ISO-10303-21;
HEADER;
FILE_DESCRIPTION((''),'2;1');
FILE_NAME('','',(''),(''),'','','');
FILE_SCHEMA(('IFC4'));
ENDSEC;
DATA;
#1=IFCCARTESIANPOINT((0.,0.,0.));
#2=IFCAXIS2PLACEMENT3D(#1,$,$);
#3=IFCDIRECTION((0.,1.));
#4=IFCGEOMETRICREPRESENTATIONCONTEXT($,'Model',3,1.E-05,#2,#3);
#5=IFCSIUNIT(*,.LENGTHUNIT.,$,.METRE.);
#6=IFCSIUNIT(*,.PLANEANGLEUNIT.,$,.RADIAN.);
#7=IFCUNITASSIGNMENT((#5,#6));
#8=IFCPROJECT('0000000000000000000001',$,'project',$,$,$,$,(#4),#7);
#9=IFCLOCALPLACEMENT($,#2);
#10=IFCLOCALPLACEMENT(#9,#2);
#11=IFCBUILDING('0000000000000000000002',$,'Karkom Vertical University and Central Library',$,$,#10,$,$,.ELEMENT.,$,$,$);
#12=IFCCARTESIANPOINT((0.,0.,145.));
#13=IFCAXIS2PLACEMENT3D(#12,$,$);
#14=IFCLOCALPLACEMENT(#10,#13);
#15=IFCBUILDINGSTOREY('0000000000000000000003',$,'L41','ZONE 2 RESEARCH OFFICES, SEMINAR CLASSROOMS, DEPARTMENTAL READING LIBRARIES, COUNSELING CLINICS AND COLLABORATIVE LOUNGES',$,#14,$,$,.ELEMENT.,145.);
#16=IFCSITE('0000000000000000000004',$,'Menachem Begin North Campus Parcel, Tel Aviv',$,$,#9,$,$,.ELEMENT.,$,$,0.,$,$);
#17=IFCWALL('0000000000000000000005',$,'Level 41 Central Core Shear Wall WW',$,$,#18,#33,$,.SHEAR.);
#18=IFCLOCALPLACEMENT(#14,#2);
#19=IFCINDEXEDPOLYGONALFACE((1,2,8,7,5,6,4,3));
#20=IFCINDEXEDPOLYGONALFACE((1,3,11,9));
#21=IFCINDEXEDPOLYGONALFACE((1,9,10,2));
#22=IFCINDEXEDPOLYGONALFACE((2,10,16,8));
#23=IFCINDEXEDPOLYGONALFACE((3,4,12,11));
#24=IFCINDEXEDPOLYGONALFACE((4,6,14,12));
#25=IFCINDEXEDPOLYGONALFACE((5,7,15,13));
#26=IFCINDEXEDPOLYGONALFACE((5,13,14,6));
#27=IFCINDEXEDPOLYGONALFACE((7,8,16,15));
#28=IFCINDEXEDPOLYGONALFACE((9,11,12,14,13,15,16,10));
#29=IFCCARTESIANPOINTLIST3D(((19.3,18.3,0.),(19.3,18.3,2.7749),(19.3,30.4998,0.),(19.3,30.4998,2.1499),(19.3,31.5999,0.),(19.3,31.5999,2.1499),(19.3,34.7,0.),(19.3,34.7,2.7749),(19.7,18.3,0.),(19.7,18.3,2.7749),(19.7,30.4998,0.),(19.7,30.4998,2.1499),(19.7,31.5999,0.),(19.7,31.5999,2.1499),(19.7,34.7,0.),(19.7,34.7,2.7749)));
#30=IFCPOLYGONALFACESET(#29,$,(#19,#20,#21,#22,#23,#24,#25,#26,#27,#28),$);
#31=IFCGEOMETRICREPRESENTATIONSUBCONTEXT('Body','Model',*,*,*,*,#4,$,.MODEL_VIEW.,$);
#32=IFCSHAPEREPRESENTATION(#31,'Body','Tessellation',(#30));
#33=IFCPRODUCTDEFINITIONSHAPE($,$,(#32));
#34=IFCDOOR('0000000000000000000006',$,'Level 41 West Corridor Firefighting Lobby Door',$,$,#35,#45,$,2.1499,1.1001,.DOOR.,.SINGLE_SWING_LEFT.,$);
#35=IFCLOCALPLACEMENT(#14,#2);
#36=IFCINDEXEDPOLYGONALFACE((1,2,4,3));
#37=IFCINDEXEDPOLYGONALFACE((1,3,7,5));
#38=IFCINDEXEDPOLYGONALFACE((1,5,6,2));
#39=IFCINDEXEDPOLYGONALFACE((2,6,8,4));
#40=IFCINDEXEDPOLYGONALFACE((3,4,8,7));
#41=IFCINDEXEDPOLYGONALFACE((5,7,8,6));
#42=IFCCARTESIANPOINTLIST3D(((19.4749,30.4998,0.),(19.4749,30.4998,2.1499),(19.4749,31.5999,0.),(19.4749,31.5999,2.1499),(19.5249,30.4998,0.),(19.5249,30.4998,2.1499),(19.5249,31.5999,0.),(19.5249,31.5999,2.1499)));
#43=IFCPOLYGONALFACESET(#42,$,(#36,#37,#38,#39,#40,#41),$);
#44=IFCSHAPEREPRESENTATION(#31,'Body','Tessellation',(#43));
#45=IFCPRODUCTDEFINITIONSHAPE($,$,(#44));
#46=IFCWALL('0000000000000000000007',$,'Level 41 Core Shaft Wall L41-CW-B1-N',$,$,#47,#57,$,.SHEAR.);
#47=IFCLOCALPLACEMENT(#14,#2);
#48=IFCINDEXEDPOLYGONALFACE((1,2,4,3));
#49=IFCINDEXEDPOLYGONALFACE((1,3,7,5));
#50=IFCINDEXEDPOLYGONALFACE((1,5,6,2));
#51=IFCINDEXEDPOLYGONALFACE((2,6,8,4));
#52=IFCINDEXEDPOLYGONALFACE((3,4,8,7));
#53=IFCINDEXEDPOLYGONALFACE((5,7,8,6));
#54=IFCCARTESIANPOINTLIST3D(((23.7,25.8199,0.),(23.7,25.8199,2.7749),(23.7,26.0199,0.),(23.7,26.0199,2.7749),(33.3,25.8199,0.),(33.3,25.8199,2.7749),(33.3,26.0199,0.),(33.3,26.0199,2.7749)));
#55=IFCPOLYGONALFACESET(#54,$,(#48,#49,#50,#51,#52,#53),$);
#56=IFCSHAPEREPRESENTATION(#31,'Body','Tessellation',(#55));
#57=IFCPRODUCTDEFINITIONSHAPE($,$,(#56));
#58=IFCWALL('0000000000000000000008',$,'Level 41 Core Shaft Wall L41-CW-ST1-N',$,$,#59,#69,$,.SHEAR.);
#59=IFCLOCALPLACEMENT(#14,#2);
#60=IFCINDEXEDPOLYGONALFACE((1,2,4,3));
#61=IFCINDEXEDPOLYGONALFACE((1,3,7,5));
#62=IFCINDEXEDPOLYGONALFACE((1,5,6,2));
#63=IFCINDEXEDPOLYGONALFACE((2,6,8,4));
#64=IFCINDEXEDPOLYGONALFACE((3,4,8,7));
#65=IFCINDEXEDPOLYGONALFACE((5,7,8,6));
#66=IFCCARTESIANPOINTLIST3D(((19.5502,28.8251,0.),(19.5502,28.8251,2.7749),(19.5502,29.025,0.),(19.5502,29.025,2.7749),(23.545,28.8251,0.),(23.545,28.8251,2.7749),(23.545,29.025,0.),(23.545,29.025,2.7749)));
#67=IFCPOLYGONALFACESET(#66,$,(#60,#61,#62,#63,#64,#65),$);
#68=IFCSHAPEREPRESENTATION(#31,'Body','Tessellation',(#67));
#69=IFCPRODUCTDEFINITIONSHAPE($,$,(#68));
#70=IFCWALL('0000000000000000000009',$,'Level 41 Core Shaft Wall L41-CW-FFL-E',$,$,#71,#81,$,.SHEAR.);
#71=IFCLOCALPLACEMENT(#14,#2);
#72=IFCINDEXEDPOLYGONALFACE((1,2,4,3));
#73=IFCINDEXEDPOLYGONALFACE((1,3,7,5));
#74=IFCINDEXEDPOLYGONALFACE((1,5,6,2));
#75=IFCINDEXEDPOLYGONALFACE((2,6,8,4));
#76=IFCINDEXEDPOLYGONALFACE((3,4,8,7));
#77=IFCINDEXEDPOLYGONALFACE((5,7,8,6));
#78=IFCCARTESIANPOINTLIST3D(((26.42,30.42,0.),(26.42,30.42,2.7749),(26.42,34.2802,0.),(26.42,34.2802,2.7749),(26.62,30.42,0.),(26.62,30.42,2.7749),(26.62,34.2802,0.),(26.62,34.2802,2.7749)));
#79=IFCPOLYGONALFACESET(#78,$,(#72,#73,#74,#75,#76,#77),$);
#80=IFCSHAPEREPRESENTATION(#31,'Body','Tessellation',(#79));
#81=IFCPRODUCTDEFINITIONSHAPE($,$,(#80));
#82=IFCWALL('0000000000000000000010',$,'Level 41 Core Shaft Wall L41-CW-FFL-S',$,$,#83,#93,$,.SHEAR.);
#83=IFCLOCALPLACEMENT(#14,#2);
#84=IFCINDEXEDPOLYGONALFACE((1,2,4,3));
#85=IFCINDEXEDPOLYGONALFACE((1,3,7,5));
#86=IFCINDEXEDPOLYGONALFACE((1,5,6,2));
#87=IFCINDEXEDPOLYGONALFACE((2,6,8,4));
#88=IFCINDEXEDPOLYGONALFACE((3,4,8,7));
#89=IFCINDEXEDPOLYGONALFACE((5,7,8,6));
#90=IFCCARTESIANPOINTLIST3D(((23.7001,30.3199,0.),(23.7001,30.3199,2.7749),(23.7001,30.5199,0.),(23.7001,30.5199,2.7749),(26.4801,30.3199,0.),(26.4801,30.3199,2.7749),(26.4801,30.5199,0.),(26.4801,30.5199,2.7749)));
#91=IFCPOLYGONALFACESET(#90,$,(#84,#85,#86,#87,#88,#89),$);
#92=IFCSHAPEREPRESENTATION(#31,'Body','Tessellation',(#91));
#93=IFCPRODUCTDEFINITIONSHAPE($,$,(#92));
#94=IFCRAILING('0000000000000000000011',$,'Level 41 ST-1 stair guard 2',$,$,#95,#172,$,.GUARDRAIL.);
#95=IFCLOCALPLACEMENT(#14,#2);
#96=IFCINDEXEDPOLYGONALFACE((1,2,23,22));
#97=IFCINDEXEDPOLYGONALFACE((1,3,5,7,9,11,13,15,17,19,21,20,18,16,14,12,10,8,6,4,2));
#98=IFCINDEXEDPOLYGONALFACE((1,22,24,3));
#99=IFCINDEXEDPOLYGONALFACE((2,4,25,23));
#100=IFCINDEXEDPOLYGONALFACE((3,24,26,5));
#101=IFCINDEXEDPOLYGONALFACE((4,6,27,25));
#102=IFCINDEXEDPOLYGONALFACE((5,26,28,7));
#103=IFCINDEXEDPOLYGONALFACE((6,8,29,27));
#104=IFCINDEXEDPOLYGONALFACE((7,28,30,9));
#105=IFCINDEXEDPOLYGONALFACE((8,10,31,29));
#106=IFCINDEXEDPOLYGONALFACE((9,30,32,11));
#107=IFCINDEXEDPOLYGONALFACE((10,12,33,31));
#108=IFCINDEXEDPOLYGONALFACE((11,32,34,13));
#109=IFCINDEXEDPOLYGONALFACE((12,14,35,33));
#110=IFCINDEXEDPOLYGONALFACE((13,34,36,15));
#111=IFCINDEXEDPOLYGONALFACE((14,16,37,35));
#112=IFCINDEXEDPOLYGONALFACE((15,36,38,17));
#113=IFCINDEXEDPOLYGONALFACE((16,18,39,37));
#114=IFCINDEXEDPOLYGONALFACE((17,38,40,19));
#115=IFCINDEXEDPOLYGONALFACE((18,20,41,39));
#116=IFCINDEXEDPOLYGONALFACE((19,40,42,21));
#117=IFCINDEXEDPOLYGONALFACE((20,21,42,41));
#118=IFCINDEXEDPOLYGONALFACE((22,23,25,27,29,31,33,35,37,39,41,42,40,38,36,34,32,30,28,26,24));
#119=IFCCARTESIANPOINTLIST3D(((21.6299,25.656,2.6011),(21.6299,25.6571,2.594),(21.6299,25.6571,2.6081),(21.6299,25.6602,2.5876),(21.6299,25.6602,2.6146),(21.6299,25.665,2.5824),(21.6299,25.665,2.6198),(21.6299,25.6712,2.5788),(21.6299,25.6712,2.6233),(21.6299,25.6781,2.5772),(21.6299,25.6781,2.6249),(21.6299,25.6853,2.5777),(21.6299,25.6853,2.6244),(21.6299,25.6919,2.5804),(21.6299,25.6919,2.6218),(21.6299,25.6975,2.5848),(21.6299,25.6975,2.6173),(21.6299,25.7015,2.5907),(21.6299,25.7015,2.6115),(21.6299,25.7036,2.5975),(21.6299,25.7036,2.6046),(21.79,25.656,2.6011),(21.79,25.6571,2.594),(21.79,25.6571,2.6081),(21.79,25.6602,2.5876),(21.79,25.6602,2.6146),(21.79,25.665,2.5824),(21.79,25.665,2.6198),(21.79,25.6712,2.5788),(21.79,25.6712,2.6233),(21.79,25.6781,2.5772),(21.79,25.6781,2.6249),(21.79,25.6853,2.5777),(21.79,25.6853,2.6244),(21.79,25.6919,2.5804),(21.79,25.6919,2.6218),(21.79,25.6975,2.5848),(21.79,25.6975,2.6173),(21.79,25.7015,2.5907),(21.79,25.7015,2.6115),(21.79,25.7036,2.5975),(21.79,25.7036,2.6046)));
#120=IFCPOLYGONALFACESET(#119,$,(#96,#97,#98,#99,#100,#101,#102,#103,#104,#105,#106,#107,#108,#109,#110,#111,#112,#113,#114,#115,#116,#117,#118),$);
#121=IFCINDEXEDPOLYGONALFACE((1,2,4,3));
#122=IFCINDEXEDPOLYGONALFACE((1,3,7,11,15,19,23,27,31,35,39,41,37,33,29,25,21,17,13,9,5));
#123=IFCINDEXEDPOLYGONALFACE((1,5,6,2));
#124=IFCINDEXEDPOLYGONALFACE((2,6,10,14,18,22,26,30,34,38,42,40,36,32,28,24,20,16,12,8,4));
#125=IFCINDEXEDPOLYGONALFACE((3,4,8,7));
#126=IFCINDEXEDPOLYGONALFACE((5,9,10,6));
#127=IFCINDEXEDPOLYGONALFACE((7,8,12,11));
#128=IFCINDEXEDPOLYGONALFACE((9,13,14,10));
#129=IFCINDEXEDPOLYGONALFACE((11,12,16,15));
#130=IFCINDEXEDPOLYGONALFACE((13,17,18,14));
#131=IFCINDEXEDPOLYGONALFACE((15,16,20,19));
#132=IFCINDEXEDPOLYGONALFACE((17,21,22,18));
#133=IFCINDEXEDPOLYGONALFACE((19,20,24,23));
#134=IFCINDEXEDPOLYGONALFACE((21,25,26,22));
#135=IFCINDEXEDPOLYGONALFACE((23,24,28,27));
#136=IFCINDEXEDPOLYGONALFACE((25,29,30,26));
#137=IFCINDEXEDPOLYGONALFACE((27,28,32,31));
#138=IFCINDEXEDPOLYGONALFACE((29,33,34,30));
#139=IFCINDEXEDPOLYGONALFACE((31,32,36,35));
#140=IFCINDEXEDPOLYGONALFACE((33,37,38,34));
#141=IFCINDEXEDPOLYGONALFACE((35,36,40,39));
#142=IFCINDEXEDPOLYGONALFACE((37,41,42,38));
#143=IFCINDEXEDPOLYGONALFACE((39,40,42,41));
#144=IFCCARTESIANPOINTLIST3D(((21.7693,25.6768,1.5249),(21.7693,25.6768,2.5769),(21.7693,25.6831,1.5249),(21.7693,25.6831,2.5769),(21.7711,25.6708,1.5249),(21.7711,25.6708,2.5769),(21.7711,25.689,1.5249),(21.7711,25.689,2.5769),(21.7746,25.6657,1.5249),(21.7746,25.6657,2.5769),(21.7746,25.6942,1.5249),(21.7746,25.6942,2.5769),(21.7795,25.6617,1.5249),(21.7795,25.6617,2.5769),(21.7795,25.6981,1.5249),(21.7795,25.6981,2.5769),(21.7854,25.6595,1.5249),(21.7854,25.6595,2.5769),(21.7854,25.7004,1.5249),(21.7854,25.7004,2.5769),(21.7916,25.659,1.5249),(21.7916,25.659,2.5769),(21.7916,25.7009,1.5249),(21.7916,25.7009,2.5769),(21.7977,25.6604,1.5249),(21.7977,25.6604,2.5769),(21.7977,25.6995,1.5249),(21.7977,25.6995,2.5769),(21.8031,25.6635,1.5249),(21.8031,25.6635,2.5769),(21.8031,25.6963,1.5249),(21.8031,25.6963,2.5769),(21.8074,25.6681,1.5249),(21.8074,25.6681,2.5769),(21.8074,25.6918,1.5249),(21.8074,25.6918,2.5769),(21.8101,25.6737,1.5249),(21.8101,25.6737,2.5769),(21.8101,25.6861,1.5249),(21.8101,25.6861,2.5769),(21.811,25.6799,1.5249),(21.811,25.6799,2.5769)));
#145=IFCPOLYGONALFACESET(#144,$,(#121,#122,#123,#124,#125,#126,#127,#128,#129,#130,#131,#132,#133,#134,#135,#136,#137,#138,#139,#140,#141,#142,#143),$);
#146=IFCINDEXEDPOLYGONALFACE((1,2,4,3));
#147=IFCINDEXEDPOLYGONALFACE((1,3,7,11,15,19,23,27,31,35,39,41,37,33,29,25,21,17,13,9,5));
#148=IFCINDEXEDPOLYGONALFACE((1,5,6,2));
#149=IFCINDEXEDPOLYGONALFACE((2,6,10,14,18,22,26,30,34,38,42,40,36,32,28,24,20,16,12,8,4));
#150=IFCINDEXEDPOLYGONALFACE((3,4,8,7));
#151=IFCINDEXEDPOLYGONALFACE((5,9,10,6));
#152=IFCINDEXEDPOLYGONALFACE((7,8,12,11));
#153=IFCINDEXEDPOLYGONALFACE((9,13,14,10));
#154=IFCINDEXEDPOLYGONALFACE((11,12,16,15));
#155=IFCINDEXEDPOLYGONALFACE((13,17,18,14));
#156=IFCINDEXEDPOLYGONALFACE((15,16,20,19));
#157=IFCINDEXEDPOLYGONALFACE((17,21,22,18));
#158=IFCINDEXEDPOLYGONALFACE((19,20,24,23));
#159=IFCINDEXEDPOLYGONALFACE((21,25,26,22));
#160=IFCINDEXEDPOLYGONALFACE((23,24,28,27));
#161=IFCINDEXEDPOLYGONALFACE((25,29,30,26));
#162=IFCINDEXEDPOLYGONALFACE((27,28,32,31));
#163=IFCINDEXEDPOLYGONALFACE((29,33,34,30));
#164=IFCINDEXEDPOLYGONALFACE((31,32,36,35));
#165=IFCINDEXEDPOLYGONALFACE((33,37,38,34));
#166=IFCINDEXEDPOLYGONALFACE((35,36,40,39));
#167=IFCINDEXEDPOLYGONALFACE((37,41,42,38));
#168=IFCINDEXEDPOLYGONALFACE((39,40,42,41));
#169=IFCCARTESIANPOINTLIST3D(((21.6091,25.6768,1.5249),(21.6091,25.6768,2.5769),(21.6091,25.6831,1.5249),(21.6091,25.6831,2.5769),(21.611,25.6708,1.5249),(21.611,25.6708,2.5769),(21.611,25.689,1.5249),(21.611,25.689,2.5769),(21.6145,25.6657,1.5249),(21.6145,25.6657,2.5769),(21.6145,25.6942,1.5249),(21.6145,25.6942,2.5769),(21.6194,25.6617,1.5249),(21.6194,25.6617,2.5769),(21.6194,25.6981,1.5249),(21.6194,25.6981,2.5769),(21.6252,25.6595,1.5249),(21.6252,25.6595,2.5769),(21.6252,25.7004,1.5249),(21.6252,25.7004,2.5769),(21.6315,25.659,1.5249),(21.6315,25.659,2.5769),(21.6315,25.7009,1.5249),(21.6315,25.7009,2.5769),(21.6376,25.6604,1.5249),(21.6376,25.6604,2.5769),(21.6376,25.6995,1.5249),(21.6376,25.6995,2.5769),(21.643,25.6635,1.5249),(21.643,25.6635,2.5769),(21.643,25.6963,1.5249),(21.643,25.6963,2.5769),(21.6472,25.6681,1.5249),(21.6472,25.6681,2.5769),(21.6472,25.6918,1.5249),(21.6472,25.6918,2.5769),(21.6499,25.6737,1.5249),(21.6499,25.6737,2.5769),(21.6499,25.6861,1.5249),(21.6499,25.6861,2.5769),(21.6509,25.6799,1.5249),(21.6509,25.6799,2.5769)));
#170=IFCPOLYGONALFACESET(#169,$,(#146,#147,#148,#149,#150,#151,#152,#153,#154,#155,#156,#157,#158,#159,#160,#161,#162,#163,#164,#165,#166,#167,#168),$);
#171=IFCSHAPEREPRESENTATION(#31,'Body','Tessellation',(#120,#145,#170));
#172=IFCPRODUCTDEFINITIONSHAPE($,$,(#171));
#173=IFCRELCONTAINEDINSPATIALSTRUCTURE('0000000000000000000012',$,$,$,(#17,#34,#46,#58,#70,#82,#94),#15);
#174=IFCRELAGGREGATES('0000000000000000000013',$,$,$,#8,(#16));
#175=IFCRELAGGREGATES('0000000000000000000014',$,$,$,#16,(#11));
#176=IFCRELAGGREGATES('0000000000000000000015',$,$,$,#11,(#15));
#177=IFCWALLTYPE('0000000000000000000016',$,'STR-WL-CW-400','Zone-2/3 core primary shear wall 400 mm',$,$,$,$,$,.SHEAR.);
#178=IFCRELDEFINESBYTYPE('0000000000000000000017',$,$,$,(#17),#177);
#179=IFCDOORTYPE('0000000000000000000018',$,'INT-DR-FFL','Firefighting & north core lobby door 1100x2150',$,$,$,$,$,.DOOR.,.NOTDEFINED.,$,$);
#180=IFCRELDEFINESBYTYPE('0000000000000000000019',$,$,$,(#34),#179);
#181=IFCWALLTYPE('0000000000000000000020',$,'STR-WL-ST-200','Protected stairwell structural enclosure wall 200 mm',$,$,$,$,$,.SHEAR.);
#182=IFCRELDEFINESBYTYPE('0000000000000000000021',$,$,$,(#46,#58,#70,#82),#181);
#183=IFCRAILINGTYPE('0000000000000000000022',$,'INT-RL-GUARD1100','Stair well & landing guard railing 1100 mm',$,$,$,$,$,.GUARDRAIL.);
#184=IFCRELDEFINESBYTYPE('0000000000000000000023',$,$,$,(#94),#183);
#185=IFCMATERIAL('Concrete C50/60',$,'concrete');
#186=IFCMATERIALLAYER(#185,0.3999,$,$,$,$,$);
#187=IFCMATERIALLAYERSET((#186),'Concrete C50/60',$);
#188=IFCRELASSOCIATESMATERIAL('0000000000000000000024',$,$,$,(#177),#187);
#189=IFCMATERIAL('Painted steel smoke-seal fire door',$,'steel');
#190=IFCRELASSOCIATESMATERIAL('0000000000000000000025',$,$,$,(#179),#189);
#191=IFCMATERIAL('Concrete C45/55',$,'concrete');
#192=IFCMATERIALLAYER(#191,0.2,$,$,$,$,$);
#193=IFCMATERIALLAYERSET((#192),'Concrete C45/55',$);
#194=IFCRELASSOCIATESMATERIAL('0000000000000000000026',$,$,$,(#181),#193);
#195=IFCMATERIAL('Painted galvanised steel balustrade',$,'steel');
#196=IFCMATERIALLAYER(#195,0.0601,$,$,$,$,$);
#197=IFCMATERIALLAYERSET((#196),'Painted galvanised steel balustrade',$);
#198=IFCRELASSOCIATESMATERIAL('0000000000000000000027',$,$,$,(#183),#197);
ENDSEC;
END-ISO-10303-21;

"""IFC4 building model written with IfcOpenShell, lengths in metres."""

from ifc_helpers import new_model, si_unit, direction, frame, frame_2d, origin, origin_with_axes, origin_2d, place, context, subcontext, project, spatial, rectangle, circle, extrude, source, transform, mapped, material, layer, layer_set, type_object, element, fill, save


model = new_model("IFC4")

# Units and contexts
model_context = context("Model", 3, precision=1e-05, world=origin(), true_north=direction((0.0, 1.0)))
body_context = subcontext(model_context, "Body", "Model", "MODEL_VIEW")
ifc_project = project(units=[si_unit("LENGTHUNIT", "METRE"), si_unit("PLANEANGLEUNIT", "RADIAN")], contexts=[model_context])

# Site, building, storey
site_placement = place(None, origin())
site = spatial("IfcSite", under=ifc_project, at=site_placement, Name="Menachem Begin North Campus Parcel, Tel Aviv", CompositionType="ELEMENT", RefElevation=0.0)
building_placement = place(site_placement, origin())
building = spatial("IfcBuilding", under=site, at=building_placement, Name="Karkom Vertical University and Central Library", CompositionType="ELEMENT")
storey_placement = place(building_placement, frame((0.0, 0.0, 145.0)))
storey = spatial("IfcBuildingStorey", under=building, at=storey_placement, Name="L41", Description="ZONE 2 RESEARCH OFFICES, SEMINAR CLASSROOMS, DEPARTMENTAL READING LIBRARIES, COUNSELING CLINICS AND COLLABORATIVE LOUNGES", CompositionType="ELEMENT", Elevation=145.0)

# Shared definitions
ifc_material_1 = material(Name="Concrete C50/60", Category="concrete")

# Wall, opening, door
ifc_layer_1 = layer(ifc_material_1, 0.3999)
ifc_layer_set_1 = layer_set([ifc_layer_1], Name="Concrete C50/60")
wall_type_1 = type_object("IfcWallType", Name="STR-WL-CW-400", Description="Zone-2/3 core primary shear wall 400 mm", PredefinedType="SHEAR", material=ifc_layer_set_1)
wall_1_placement = place(storey_placement, frame((19.5, 34.7, 0.0), z_axis=(0.0, 0.0, 1.0), x_axis=(0.0, -1.0, 0.0)))
wall_1 = element("IfcWall", 1, at=wall_1_placement, inside=storey, type_object=wall_type_1, Name="Level 41 Central Core Shear Wall WW", PredefinedType="SHEAR", context=body_context, shape_type="SweptSolid", body=[
    extrude(rectangle(XDim=16.3999, YDim=0.3999, at=frame_2d((8.2, 0.0))), origin(), (0.0, 0.0, 1.0), 2.7749),
])
opening_1_placement = place(wall_1_placement, frame((3.1001, 0.0, 0.0)))
opening_1 = element("IfcOpeningElement", 2, at=opening_1_placement, cuts=wall_1, PredefinedType="OPENING", context=body_context, shape_type="SweptSolid", body=[
    extrude(rectangle(XDim=1.1001, YDim=2.1499, at=frame_2d((0.55, 1.075))), frame((0.0, 0.21, 0.0), z_axis=(0.0, -1.0, 0.0), x_axis=(1.0, 0.0, 0.0)), (0.0, 0.0, 1.0), 0.4199),
])
ifc_material_2 = material(Name="Painted steel smoke-seal fire door", Category="steel")
door_type_1 = type_object("IfcDoorType", Name="INT-DR-FFL", Description="Firefighting & north core lobby door 1100x2150", OperationType="NOTDEFINED", PredefinedType="DOOR", material=ifc_material_2)
shared_shape_1 = source(origin_with_axes(), body_context, "Body", "SweptSolid", [
    extrude(rectangle(XDim=1.1001, YDim=2.1499, at=frame_2d((0.55, 1.075))), frame((0.0, 0.0249, 0.0), z_axis=(0.0, -1.0, 0.0), x_axis=(1.0, 0.0, 0.0)), (0.0, 0.0, 1.0), 0.05),
])
door_1_placement = place(opening_1_placement, origin())
door_1 = element("IfcDoor", 3, at=door_1_placement, inside=storey, type_object=door_type_1, Name="Level 41 West Corridor Firefighting Lobby Door", OperationType="SINGLE_SWING_LEFT", OverallHeight=2.1499, OverallWidth=1.1001, PredefinedType="DOOR", context=body_context, shape_type="MappedRepresentation", body=[
    mapped(shared_shape_1, transform((0.0, 0.0, 0.0), scale=1.0)),
])
fill(opening_1, door_1)

# Wall
ifc_material_3 = material(Name="Concrete C45/55", Category="concrete")
ifc_layer_2 = layer(ifc_material_3, 0.2)
ifc_layer_set_2 = layer_set([ifc_layer_2], Name="Concrete C45/55")
wall_type_2 = type_object("IfcWallType", Name="STR-WL-ST-200", Description="Protected stairwell structural enclosure wall 200 mm", PredefinedType="SHEAR", material=ifc_layer_set_2)
wall_2_placement = place(storey_placement, frame((23.7, 25.9199, 0.0), z_axis=(0.0, 0.0, 1.0), x_axis=(1.0, 0.0, 0.0)))
element("IfcWall", 4, at=wall_2_placement, inside=storey, type_object=wall_type_2, Name="Level 41 Core Shaft Wall L41-CW-B1-N", PredefinedType="SHEAR", context=body_context, shape_type="SweptSolid", body=[
    extrude(rectangle(XDim=9.6001, YDim=0.2, at=frame_2d((4.8, 0.0))), origin(), (0.0, 0.0, 1.0), 2.7749),
])

# Walls
wall_3_placement = place(storey_placement, frame((19.55, 28.925, 0.0), z_axis=(0.0, 0.0, 1.0), x_axis=(1.0, 0.0, 0.0)))
element("IfcWall", 5, at=wall_3_placement, inside=storey, type_object=wall_type_2, Name="Level 41 Core Shaft Wall L41-CW-ST1-N", PredefinedType="SHEAR", context=body_context, shape_type="SweptSolid", body=[
    extrude(rectangle(XDim=3.9949, YDim=0.2, at=frame_2d((1.9976, 0.0))), origin(), (0.0, 0.0, 1.0), 2.7749),
])
wall_4_placement = place(storey_placement, frame((26.52, 30.4199, 0.0), z_axis=(0.0, 0.0, 1.0), x_axis=(0.0, 1.0, 0.0)))
element("IfcWall", 6, at=wall_4_placement, inside=storey, type_object=wall_type_2, Name="Level 41 Core Shaft Wall L41-CW-FFL-E", PredefinedType="SHEAR", context=body_context, shape_type="SweptSolid", body=[
    extrude(rectangle(XDim=3.8601, YDim=0.2, at=frame_2d((1.9302, 0.0))), origin(), (0.0, 0.0, 1.0), 2.7749),
])
wall_5_placement = place(storey_placement, frame((23.7, 30.4199, 0.0), z_axis=(0.0, 0.0, 1.0), x_axis=(1.0, 0.0, 0.0)))
element("IfcWall", 7, at=wall_5_placement, inside=storey, type_object=wall_type_2, Name="Level 41 Core Shaft Wall L41-CW-FFL-S", PredefinedType="SHEAR", context=body_context, shape_type="SweptSolid", body=[
    extrude(rectangle(XDim=2.78, YDim=0.2, at=frame_2d((1.3901, 0.0))), origin(), (0.0, 0.0, 1.0), 2.7749),
])

# Railing
ifc_material_4 = material(Name="Painted galvanised steel balustrade", Category="steel")
ifc_layer_3 = layer(ifc_material_4, 0.0601)
ifc_layer_set_3 = layer_set([ifc_layer_3], Name="Painted galvanised steel balustrade")
railing_type_1 = type_object("IfcRailingType", Name="INT-RL-GUARD1100", Description="Stair well & landing guard railing 1100 mm", PredefinedType="GUARDRAIL", material=ifc_layer_set_3)
railing_1_placement = place(storey_placement, frame((21.79, 25.6799, 1.5249)))
element("IfcRailing", 8, at=railing_1_placement, inside=storey, type_object=railing_type_1, Name="Level 41 ST-1 stair guard 2", PredefinedType="GUARDRAIL", context=body_context, shape_type="SweptSolid", body=[
    extrude(circle(Radius=0.0239, at=origin_2d()), frame((0.0, 0.0, 1.0762), z_axis=(-1.0, 0.0, 0.0), x_axis=(0.0, -1.0, 0.0)), (0.0, 0.0, 1.0), 0.1602),
    extrude(circle(Radius=0.021, at=origin_2d()), origin(), (0.0, 0.0, 1.0), 1.052),
    extrude(circle(Radius=0.021, at=origin_2d()), frame((-0.1602, 0.0, 0.0)), (0.0, 0.0, 1.0), 1.052),
])

save(model, "model.ifc")
